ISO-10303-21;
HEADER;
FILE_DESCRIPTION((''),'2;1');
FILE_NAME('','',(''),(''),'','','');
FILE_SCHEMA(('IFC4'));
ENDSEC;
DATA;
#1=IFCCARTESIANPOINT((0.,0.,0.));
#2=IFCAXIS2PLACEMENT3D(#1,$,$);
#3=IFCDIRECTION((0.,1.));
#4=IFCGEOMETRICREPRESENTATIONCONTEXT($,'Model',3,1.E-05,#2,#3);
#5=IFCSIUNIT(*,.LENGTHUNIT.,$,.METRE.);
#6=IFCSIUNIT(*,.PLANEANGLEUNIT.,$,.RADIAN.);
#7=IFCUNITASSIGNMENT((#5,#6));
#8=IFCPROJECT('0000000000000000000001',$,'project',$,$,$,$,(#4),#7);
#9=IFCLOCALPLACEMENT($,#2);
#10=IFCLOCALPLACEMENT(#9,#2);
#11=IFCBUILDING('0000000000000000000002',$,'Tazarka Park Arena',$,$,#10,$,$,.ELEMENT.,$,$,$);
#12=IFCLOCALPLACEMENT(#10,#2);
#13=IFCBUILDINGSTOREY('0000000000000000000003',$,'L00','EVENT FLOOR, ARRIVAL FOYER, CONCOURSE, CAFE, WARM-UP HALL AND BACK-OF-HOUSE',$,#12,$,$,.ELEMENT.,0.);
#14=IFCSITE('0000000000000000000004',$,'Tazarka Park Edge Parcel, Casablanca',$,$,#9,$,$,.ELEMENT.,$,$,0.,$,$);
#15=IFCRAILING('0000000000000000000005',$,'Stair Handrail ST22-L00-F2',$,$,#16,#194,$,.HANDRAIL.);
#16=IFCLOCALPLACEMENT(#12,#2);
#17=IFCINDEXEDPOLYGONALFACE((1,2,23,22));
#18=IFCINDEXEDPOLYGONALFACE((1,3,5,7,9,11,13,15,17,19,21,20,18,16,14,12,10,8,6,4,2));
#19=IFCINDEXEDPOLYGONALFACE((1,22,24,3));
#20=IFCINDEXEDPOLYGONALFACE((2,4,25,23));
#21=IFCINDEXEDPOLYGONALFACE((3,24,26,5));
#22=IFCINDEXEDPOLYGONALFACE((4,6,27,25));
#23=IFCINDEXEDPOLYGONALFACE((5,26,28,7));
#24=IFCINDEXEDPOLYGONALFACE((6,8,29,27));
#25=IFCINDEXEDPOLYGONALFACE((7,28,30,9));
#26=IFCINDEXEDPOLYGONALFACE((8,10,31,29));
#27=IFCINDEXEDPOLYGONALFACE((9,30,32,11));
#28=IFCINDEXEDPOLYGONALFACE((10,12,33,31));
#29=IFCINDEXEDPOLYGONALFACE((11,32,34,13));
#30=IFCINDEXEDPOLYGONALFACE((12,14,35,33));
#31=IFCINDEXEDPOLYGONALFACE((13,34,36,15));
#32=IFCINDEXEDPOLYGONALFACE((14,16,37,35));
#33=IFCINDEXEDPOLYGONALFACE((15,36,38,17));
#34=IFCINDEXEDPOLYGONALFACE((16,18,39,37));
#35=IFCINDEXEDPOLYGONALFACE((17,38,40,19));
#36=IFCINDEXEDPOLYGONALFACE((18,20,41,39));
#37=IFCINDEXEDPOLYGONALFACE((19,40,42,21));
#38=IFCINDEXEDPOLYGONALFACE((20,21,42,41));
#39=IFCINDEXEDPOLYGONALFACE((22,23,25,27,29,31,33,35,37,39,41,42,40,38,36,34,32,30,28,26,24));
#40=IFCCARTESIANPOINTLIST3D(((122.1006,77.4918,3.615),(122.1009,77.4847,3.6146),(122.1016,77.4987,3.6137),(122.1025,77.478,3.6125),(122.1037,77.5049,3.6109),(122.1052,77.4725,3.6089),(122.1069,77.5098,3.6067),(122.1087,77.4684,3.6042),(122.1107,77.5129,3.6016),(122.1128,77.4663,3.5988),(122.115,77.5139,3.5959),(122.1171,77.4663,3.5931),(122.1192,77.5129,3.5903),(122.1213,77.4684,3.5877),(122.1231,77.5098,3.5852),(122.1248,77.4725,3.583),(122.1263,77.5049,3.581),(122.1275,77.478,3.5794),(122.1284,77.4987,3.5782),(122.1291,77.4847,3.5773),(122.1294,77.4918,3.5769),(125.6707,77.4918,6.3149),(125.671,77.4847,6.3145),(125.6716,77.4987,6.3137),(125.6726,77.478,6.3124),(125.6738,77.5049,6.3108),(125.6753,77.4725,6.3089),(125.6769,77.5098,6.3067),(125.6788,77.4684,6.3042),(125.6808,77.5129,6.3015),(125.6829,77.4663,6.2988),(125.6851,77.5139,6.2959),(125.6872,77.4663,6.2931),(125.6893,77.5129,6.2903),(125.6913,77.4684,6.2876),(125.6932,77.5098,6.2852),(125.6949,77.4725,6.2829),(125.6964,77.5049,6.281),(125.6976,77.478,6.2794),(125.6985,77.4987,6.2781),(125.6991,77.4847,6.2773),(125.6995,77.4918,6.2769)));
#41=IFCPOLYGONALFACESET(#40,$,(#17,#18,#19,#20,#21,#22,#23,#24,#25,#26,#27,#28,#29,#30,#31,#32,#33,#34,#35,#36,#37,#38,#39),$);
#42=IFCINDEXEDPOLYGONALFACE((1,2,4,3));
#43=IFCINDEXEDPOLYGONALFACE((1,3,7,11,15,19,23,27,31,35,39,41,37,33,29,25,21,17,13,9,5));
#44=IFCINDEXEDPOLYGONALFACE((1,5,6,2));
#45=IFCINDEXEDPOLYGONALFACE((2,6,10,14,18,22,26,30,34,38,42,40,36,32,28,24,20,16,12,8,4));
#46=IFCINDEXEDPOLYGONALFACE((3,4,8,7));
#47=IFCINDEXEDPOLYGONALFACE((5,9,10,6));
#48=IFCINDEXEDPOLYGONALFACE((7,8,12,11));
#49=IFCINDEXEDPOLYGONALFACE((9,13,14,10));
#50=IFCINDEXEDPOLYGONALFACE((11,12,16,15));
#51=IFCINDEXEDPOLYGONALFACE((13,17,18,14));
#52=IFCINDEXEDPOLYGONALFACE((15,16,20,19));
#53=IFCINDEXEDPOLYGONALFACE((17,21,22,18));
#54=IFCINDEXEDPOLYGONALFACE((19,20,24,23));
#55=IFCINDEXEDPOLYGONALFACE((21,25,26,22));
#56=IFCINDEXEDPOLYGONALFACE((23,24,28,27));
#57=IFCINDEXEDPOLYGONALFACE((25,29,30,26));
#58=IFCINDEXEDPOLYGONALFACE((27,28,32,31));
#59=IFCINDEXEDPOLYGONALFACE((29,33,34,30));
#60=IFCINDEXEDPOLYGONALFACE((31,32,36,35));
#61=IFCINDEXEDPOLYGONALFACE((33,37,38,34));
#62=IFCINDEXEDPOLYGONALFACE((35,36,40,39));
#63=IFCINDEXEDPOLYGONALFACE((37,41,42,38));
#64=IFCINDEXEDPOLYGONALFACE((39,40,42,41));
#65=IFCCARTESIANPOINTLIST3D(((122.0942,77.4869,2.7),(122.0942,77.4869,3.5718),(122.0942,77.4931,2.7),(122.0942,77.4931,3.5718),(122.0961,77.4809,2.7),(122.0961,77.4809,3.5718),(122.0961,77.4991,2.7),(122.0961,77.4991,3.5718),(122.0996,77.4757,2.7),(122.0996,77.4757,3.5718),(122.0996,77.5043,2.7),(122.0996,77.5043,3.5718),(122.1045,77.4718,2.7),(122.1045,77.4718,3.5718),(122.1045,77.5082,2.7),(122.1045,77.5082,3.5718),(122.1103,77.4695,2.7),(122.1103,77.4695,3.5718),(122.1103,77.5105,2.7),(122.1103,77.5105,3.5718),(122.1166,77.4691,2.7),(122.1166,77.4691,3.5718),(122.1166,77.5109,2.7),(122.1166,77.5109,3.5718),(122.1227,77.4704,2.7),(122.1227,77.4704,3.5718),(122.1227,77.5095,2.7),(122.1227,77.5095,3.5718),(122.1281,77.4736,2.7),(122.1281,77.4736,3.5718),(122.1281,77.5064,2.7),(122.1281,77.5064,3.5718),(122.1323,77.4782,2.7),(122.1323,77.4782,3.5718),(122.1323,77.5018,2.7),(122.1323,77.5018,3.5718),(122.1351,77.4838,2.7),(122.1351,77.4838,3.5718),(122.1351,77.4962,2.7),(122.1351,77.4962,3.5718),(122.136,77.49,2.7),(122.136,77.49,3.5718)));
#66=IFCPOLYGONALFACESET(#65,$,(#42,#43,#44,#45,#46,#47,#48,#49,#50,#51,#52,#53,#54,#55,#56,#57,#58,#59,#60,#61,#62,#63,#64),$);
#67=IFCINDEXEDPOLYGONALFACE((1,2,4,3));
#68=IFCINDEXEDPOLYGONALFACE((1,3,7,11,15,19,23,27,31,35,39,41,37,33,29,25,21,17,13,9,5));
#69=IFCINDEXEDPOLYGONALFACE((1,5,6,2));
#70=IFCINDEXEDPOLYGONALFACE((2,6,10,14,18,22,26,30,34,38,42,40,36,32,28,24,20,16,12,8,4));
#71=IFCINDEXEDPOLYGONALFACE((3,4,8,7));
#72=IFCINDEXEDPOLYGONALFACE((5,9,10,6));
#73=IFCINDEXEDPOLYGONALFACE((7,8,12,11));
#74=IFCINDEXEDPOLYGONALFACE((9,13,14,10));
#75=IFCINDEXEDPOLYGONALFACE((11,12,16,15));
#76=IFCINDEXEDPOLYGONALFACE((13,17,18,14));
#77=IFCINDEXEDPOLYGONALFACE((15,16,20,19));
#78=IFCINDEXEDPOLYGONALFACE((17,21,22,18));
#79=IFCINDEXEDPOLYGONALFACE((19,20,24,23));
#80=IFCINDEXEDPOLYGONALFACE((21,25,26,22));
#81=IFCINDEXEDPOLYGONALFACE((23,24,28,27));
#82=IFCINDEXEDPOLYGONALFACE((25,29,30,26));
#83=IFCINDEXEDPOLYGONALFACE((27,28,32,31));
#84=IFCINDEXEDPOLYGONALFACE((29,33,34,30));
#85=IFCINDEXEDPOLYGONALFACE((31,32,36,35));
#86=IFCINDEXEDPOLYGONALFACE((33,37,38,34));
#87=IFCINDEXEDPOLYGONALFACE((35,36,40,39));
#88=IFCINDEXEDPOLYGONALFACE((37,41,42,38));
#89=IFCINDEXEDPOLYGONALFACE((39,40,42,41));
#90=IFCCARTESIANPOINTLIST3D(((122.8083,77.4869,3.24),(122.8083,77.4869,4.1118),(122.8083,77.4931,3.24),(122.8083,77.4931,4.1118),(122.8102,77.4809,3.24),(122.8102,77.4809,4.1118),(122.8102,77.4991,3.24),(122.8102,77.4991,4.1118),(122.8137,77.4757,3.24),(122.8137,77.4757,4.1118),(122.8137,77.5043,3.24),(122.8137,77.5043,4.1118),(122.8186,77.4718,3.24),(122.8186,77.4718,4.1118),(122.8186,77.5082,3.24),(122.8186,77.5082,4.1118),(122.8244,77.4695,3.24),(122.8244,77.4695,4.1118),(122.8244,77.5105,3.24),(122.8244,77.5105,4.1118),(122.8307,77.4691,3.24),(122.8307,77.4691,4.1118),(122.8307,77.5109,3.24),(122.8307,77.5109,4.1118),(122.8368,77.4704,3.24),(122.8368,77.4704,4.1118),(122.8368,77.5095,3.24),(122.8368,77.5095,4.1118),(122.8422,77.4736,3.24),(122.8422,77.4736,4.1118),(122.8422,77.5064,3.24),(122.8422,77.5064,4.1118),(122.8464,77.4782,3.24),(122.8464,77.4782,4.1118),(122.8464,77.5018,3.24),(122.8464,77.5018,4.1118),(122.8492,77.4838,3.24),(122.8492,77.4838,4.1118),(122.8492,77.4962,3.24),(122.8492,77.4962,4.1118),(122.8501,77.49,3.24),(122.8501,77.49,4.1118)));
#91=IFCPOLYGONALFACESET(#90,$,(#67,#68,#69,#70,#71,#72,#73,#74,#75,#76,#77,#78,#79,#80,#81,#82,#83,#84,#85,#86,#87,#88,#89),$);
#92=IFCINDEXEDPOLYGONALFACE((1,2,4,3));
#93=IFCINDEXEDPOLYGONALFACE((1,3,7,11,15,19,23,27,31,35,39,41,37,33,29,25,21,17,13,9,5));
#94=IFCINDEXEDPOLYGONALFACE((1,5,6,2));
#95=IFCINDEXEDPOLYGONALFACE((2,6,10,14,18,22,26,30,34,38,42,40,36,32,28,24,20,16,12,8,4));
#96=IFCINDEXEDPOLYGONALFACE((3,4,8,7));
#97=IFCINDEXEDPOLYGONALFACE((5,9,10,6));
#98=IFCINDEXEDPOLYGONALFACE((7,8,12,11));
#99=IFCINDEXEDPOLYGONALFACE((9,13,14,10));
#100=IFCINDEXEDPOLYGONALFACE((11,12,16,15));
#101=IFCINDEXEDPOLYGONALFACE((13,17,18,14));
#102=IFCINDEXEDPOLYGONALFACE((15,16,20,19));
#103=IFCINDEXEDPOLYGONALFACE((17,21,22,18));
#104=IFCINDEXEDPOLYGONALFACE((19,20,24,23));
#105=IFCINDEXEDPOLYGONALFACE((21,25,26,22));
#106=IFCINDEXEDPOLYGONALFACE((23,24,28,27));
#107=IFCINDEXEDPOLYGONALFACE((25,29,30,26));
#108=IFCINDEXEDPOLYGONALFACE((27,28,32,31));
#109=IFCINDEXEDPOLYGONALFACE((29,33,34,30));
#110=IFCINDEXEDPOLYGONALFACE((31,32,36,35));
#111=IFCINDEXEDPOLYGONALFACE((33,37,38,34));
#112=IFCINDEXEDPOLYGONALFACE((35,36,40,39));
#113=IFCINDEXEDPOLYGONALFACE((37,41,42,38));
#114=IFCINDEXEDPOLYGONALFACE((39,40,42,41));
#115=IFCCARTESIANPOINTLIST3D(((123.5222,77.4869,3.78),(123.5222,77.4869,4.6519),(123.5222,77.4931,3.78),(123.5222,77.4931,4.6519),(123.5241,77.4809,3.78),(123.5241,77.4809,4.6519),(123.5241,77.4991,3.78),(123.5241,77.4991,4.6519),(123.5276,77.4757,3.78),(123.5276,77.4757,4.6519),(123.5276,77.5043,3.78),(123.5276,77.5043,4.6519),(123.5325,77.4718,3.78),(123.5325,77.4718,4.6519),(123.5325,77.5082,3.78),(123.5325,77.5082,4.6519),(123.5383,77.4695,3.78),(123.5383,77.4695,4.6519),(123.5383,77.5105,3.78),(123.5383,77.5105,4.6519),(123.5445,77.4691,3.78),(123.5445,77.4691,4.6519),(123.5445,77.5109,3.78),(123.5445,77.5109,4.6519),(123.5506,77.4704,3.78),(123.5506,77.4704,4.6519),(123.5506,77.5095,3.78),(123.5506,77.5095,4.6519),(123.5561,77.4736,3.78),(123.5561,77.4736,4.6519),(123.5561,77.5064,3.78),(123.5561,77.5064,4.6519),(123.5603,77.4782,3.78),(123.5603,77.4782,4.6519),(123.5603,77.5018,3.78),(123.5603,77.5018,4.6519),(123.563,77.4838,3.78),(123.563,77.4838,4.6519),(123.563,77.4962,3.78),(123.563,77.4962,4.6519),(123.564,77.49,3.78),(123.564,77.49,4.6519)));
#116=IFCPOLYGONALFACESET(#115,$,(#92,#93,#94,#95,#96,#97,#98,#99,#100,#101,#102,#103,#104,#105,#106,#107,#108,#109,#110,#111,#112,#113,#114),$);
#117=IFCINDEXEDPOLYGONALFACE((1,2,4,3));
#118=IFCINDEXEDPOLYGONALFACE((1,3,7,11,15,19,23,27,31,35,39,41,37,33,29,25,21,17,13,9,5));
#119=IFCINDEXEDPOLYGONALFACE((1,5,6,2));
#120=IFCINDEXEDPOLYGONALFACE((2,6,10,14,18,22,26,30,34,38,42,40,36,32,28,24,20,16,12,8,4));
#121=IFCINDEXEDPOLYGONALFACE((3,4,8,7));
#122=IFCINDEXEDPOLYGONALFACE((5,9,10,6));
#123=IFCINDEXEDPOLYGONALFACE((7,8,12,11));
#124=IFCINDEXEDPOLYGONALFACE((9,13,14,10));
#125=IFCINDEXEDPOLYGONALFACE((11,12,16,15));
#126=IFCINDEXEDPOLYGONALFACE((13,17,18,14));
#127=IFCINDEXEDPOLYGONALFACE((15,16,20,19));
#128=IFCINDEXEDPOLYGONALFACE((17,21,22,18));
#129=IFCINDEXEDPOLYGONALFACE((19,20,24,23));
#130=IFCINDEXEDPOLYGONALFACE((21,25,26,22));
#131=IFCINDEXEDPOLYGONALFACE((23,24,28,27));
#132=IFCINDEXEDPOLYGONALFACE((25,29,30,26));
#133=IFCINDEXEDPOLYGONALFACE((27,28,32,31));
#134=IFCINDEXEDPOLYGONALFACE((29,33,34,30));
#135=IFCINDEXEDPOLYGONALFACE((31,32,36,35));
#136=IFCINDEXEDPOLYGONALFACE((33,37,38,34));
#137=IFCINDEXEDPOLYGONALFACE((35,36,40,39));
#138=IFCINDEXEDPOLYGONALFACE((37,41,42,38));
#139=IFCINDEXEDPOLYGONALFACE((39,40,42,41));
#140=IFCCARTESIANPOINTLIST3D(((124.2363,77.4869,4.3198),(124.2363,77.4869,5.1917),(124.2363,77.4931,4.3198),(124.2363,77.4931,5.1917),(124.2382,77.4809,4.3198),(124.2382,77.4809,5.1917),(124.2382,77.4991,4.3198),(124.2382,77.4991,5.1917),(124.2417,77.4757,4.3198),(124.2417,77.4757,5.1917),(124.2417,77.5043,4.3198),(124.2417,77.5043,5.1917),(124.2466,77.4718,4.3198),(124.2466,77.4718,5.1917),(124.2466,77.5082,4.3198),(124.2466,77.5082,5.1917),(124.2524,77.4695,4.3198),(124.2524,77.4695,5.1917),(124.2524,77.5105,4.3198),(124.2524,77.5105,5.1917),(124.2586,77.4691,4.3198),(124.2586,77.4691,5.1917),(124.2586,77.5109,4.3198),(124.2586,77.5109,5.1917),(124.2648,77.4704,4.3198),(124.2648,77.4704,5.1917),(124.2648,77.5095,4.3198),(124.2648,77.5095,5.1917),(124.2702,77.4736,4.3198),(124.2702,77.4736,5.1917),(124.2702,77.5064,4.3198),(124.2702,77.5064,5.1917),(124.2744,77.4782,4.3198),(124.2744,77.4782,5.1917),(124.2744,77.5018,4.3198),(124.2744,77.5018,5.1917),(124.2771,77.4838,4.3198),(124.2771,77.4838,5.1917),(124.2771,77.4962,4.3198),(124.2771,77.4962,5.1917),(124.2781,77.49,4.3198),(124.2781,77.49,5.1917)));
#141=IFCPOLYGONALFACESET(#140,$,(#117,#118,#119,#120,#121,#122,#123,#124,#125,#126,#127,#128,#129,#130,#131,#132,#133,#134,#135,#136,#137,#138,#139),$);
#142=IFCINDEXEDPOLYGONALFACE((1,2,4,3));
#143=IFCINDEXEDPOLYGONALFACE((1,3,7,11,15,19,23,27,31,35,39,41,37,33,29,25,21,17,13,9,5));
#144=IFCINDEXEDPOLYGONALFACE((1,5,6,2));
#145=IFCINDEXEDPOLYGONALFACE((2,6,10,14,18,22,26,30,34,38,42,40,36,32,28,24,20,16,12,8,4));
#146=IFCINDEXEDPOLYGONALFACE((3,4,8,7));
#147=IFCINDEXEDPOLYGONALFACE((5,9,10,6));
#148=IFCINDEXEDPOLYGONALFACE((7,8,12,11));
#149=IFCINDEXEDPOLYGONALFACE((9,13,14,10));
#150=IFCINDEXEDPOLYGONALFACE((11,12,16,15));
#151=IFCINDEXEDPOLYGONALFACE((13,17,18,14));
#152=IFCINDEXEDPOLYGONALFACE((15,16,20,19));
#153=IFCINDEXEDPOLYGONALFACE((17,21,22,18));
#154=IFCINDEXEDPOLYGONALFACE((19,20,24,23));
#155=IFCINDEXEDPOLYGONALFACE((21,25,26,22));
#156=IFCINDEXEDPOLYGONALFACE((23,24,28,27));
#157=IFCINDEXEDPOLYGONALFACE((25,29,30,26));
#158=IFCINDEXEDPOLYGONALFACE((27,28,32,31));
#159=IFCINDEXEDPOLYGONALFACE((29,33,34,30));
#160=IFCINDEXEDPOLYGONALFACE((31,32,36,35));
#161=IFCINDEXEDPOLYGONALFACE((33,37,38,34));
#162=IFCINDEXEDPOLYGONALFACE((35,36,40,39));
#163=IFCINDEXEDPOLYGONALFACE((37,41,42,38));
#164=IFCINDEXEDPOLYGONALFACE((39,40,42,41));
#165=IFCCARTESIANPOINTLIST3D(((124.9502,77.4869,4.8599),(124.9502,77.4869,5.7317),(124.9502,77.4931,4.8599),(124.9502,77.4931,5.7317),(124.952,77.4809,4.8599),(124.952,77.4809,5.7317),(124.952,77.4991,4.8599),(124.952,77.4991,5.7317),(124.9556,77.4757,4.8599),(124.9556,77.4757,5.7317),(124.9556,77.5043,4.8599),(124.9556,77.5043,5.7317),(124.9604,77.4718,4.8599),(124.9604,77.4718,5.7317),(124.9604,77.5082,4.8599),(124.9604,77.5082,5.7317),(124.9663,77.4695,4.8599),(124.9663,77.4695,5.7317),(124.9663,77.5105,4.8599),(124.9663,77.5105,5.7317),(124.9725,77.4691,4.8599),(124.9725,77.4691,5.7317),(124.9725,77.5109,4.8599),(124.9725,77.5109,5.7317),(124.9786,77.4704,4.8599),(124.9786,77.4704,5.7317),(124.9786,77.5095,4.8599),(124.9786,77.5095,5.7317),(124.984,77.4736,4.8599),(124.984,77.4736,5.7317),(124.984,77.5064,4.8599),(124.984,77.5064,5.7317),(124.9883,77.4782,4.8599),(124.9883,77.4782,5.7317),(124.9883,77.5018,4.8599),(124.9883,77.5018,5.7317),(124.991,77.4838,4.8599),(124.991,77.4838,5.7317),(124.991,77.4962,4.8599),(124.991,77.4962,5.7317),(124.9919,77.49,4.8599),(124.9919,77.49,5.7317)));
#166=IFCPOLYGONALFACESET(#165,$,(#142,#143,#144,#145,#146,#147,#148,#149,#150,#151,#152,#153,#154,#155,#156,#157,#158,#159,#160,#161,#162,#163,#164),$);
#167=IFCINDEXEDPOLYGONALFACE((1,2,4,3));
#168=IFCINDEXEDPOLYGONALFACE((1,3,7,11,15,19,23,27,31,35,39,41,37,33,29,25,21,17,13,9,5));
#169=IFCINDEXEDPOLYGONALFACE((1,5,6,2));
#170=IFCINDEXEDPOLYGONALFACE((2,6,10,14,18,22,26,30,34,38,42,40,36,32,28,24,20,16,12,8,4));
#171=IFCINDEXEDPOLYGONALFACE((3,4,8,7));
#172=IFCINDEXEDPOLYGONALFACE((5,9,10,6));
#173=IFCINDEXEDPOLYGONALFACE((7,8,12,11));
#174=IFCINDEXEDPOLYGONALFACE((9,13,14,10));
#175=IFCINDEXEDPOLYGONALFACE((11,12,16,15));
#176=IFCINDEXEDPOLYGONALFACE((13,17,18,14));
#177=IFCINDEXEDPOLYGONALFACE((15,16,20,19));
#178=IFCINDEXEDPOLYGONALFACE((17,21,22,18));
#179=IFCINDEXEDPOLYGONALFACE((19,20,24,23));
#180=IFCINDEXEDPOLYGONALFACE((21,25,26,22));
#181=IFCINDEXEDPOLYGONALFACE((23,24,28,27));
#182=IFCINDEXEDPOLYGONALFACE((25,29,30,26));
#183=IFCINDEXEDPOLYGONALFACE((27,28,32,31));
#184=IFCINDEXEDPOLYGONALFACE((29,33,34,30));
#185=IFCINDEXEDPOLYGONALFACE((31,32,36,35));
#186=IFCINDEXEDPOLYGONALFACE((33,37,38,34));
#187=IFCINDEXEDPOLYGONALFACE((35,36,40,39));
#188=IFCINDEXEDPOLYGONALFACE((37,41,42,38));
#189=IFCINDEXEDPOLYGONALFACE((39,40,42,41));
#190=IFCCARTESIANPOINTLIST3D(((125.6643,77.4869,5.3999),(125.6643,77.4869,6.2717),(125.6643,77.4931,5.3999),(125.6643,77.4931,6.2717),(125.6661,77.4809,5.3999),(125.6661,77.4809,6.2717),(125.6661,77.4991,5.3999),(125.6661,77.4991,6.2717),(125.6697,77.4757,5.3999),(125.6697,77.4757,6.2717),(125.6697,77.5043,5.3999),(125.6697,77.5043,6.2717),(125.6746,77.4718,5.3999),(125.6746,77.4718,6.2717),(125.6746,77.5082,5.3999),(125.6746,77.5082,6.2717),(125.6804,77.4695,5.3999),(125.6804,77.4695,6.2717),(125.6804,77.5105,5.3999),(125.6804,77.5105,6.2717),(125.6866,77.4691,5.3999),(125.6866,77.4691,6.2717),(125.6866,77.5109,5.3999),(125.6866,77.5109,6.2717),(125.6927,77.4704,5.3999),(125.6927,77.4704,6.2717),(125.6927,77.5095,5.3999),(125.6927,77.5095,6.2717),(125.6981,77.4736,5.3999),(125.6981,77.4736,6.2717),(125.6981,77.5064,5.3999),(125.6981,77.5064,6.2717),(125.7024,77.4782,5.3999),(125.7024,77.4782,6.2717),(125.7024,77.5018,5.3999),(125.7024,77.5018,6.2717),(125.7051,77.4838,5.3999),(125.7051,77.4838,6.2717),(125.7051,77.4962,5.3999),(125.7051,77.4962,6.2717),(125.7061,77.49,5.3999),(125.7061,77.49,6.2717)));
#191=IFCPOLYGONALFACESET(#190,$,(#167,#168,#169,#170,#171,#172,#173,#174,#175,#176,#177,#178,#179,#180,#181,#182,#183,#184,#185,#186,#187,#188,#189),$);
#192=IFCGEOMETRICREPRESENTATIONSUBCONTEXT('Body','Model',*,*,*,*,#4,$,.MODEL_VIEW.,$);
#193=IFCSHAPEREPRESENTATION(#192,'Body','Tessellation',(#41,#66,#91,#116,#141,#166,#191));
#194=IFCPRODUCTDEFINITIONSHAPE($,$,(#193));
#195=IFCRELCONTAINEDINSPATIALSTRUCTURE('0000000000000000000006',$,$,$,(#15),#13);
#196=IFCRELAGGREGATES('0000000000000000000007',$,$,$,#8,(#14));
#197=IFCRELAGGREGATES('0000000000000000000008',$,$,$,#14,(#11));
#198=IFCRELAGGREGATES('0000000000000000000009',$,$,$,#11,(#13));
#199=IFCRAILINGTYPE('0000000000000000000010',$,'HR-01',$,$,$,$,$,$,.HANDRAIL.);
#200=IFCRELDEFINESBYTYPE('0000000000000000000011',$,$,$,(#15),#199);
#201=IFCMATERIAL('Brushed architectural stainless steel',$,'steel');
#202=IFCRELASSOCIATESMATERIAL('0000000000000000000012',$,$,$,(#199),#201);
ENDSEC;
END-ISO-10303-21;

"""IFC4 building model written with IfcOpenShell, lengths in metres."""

from ifc_helpers import new_model, si_unit, direction, frame, origin, origin_2d, place, context, subcontext, project, spatial, circle, extrude, material, type_object, element, save


model = new_model("IFC4")

# Units and contexts
model_context = context("Model", 3, precision=1e-05, world=origin(), true_north=direction((0.0, 1.0)))
body_context = subcontext(model_context, "Body", "Model", "MODEL_VIEW")
ifc_project = project(units=[si_unit("LENGTHUNIT", "METRE"), si_unit("PLANEANGLEUNIT", "RADIAN")], contexts=[model_context])

# Site, building, storey
site_placement = place(None, origin())
site = spatial("IfcSite", under=ifc_project, at=site_placement, Name="Tazarka Park Edge Parcel, Casablanca", CompositionType="ELEMENT", RefElevation=0.0)
building_placement = place(site_placement, origin())
building = spatial("IfcBuilding", under=site, at=building_placement, Name="Tazarka Park Arena", CompositionType="ELEMENT")
storey_placement = place(building_placement, origin())
storey = spatial("IfcBuildingStorey", under=building, at=storey_placement, Name="L00", Description="EVENT FLOOR, ARRIVAL FOYER, CONCOURSE, CAFE, WARM-UP HALL AND BACK-OF-HOUSE", CompositionType="ELEMENT", Elevation=0.0)

# Railing
ifc_material_1 = material(Name="Brushed architectural stainless steel", Category="steel")
railing_type_1 = type_object("IfcRailingType", Name="HR-01", PredefinedType="HANDRAIL", material=ifc_material_1)
for number, where, name in (
    (1, (122.115, 77.49, 2.7), "Stair Handrail ST22-L00-F2"),
):
    element("IfcRailing", number, at=place(storey_placement, frame(where)), inside=storey, type_object=railing_type_1, Name=name, PredefinedType="HANDRAIL", context=body_context, shape_type="SweptSolid", body=[
        extrude(circle(Radius=0.0239, at=origin_2d()), frame((0.0, 0.0, 0.896), z_axis=(0.797591, 0.0, 0.603198), x_axis=(0.0, 1.0, 0.0)), (0.0, 0.0, 1.0), 4.4761),
        extrude(circle(Radius=0.021, at=origin_2d()), origin(), (0.0, 0.0, 1.0), 0.8718),
        extrude(circle(Radius=0.021, at=origin_2d()), frame((0.7141, 0.0, 0.54)), (0.0, 0.0, 1.0), 0.8718),
        extrude(circle(Radius=0.021, at=origin_2d()), frame((1.428, 0.0, 1.0801)), (0.0, 0.0, 1.0), 0.8718),
        extrude(circle(Radius=0.021, at=origin_2d()), frame((2.1421, 0.0, 1.6199)), (0.0, 0.0, 1.0), 0.8718),
        extrude(circle(Radius=0.021, at=origin_2d()), frame((2.856, 0.0, 2.1599)), (0.0, 0.0, 1.0), 0.8718),
        extrude(circle(Radius=0.021, at=origin_2d()), frame((3.5701, 0.0, 2.7)), (0.0, 0.0, 1.0), 0.8718),
    ])

save(model, "model.ifc")
